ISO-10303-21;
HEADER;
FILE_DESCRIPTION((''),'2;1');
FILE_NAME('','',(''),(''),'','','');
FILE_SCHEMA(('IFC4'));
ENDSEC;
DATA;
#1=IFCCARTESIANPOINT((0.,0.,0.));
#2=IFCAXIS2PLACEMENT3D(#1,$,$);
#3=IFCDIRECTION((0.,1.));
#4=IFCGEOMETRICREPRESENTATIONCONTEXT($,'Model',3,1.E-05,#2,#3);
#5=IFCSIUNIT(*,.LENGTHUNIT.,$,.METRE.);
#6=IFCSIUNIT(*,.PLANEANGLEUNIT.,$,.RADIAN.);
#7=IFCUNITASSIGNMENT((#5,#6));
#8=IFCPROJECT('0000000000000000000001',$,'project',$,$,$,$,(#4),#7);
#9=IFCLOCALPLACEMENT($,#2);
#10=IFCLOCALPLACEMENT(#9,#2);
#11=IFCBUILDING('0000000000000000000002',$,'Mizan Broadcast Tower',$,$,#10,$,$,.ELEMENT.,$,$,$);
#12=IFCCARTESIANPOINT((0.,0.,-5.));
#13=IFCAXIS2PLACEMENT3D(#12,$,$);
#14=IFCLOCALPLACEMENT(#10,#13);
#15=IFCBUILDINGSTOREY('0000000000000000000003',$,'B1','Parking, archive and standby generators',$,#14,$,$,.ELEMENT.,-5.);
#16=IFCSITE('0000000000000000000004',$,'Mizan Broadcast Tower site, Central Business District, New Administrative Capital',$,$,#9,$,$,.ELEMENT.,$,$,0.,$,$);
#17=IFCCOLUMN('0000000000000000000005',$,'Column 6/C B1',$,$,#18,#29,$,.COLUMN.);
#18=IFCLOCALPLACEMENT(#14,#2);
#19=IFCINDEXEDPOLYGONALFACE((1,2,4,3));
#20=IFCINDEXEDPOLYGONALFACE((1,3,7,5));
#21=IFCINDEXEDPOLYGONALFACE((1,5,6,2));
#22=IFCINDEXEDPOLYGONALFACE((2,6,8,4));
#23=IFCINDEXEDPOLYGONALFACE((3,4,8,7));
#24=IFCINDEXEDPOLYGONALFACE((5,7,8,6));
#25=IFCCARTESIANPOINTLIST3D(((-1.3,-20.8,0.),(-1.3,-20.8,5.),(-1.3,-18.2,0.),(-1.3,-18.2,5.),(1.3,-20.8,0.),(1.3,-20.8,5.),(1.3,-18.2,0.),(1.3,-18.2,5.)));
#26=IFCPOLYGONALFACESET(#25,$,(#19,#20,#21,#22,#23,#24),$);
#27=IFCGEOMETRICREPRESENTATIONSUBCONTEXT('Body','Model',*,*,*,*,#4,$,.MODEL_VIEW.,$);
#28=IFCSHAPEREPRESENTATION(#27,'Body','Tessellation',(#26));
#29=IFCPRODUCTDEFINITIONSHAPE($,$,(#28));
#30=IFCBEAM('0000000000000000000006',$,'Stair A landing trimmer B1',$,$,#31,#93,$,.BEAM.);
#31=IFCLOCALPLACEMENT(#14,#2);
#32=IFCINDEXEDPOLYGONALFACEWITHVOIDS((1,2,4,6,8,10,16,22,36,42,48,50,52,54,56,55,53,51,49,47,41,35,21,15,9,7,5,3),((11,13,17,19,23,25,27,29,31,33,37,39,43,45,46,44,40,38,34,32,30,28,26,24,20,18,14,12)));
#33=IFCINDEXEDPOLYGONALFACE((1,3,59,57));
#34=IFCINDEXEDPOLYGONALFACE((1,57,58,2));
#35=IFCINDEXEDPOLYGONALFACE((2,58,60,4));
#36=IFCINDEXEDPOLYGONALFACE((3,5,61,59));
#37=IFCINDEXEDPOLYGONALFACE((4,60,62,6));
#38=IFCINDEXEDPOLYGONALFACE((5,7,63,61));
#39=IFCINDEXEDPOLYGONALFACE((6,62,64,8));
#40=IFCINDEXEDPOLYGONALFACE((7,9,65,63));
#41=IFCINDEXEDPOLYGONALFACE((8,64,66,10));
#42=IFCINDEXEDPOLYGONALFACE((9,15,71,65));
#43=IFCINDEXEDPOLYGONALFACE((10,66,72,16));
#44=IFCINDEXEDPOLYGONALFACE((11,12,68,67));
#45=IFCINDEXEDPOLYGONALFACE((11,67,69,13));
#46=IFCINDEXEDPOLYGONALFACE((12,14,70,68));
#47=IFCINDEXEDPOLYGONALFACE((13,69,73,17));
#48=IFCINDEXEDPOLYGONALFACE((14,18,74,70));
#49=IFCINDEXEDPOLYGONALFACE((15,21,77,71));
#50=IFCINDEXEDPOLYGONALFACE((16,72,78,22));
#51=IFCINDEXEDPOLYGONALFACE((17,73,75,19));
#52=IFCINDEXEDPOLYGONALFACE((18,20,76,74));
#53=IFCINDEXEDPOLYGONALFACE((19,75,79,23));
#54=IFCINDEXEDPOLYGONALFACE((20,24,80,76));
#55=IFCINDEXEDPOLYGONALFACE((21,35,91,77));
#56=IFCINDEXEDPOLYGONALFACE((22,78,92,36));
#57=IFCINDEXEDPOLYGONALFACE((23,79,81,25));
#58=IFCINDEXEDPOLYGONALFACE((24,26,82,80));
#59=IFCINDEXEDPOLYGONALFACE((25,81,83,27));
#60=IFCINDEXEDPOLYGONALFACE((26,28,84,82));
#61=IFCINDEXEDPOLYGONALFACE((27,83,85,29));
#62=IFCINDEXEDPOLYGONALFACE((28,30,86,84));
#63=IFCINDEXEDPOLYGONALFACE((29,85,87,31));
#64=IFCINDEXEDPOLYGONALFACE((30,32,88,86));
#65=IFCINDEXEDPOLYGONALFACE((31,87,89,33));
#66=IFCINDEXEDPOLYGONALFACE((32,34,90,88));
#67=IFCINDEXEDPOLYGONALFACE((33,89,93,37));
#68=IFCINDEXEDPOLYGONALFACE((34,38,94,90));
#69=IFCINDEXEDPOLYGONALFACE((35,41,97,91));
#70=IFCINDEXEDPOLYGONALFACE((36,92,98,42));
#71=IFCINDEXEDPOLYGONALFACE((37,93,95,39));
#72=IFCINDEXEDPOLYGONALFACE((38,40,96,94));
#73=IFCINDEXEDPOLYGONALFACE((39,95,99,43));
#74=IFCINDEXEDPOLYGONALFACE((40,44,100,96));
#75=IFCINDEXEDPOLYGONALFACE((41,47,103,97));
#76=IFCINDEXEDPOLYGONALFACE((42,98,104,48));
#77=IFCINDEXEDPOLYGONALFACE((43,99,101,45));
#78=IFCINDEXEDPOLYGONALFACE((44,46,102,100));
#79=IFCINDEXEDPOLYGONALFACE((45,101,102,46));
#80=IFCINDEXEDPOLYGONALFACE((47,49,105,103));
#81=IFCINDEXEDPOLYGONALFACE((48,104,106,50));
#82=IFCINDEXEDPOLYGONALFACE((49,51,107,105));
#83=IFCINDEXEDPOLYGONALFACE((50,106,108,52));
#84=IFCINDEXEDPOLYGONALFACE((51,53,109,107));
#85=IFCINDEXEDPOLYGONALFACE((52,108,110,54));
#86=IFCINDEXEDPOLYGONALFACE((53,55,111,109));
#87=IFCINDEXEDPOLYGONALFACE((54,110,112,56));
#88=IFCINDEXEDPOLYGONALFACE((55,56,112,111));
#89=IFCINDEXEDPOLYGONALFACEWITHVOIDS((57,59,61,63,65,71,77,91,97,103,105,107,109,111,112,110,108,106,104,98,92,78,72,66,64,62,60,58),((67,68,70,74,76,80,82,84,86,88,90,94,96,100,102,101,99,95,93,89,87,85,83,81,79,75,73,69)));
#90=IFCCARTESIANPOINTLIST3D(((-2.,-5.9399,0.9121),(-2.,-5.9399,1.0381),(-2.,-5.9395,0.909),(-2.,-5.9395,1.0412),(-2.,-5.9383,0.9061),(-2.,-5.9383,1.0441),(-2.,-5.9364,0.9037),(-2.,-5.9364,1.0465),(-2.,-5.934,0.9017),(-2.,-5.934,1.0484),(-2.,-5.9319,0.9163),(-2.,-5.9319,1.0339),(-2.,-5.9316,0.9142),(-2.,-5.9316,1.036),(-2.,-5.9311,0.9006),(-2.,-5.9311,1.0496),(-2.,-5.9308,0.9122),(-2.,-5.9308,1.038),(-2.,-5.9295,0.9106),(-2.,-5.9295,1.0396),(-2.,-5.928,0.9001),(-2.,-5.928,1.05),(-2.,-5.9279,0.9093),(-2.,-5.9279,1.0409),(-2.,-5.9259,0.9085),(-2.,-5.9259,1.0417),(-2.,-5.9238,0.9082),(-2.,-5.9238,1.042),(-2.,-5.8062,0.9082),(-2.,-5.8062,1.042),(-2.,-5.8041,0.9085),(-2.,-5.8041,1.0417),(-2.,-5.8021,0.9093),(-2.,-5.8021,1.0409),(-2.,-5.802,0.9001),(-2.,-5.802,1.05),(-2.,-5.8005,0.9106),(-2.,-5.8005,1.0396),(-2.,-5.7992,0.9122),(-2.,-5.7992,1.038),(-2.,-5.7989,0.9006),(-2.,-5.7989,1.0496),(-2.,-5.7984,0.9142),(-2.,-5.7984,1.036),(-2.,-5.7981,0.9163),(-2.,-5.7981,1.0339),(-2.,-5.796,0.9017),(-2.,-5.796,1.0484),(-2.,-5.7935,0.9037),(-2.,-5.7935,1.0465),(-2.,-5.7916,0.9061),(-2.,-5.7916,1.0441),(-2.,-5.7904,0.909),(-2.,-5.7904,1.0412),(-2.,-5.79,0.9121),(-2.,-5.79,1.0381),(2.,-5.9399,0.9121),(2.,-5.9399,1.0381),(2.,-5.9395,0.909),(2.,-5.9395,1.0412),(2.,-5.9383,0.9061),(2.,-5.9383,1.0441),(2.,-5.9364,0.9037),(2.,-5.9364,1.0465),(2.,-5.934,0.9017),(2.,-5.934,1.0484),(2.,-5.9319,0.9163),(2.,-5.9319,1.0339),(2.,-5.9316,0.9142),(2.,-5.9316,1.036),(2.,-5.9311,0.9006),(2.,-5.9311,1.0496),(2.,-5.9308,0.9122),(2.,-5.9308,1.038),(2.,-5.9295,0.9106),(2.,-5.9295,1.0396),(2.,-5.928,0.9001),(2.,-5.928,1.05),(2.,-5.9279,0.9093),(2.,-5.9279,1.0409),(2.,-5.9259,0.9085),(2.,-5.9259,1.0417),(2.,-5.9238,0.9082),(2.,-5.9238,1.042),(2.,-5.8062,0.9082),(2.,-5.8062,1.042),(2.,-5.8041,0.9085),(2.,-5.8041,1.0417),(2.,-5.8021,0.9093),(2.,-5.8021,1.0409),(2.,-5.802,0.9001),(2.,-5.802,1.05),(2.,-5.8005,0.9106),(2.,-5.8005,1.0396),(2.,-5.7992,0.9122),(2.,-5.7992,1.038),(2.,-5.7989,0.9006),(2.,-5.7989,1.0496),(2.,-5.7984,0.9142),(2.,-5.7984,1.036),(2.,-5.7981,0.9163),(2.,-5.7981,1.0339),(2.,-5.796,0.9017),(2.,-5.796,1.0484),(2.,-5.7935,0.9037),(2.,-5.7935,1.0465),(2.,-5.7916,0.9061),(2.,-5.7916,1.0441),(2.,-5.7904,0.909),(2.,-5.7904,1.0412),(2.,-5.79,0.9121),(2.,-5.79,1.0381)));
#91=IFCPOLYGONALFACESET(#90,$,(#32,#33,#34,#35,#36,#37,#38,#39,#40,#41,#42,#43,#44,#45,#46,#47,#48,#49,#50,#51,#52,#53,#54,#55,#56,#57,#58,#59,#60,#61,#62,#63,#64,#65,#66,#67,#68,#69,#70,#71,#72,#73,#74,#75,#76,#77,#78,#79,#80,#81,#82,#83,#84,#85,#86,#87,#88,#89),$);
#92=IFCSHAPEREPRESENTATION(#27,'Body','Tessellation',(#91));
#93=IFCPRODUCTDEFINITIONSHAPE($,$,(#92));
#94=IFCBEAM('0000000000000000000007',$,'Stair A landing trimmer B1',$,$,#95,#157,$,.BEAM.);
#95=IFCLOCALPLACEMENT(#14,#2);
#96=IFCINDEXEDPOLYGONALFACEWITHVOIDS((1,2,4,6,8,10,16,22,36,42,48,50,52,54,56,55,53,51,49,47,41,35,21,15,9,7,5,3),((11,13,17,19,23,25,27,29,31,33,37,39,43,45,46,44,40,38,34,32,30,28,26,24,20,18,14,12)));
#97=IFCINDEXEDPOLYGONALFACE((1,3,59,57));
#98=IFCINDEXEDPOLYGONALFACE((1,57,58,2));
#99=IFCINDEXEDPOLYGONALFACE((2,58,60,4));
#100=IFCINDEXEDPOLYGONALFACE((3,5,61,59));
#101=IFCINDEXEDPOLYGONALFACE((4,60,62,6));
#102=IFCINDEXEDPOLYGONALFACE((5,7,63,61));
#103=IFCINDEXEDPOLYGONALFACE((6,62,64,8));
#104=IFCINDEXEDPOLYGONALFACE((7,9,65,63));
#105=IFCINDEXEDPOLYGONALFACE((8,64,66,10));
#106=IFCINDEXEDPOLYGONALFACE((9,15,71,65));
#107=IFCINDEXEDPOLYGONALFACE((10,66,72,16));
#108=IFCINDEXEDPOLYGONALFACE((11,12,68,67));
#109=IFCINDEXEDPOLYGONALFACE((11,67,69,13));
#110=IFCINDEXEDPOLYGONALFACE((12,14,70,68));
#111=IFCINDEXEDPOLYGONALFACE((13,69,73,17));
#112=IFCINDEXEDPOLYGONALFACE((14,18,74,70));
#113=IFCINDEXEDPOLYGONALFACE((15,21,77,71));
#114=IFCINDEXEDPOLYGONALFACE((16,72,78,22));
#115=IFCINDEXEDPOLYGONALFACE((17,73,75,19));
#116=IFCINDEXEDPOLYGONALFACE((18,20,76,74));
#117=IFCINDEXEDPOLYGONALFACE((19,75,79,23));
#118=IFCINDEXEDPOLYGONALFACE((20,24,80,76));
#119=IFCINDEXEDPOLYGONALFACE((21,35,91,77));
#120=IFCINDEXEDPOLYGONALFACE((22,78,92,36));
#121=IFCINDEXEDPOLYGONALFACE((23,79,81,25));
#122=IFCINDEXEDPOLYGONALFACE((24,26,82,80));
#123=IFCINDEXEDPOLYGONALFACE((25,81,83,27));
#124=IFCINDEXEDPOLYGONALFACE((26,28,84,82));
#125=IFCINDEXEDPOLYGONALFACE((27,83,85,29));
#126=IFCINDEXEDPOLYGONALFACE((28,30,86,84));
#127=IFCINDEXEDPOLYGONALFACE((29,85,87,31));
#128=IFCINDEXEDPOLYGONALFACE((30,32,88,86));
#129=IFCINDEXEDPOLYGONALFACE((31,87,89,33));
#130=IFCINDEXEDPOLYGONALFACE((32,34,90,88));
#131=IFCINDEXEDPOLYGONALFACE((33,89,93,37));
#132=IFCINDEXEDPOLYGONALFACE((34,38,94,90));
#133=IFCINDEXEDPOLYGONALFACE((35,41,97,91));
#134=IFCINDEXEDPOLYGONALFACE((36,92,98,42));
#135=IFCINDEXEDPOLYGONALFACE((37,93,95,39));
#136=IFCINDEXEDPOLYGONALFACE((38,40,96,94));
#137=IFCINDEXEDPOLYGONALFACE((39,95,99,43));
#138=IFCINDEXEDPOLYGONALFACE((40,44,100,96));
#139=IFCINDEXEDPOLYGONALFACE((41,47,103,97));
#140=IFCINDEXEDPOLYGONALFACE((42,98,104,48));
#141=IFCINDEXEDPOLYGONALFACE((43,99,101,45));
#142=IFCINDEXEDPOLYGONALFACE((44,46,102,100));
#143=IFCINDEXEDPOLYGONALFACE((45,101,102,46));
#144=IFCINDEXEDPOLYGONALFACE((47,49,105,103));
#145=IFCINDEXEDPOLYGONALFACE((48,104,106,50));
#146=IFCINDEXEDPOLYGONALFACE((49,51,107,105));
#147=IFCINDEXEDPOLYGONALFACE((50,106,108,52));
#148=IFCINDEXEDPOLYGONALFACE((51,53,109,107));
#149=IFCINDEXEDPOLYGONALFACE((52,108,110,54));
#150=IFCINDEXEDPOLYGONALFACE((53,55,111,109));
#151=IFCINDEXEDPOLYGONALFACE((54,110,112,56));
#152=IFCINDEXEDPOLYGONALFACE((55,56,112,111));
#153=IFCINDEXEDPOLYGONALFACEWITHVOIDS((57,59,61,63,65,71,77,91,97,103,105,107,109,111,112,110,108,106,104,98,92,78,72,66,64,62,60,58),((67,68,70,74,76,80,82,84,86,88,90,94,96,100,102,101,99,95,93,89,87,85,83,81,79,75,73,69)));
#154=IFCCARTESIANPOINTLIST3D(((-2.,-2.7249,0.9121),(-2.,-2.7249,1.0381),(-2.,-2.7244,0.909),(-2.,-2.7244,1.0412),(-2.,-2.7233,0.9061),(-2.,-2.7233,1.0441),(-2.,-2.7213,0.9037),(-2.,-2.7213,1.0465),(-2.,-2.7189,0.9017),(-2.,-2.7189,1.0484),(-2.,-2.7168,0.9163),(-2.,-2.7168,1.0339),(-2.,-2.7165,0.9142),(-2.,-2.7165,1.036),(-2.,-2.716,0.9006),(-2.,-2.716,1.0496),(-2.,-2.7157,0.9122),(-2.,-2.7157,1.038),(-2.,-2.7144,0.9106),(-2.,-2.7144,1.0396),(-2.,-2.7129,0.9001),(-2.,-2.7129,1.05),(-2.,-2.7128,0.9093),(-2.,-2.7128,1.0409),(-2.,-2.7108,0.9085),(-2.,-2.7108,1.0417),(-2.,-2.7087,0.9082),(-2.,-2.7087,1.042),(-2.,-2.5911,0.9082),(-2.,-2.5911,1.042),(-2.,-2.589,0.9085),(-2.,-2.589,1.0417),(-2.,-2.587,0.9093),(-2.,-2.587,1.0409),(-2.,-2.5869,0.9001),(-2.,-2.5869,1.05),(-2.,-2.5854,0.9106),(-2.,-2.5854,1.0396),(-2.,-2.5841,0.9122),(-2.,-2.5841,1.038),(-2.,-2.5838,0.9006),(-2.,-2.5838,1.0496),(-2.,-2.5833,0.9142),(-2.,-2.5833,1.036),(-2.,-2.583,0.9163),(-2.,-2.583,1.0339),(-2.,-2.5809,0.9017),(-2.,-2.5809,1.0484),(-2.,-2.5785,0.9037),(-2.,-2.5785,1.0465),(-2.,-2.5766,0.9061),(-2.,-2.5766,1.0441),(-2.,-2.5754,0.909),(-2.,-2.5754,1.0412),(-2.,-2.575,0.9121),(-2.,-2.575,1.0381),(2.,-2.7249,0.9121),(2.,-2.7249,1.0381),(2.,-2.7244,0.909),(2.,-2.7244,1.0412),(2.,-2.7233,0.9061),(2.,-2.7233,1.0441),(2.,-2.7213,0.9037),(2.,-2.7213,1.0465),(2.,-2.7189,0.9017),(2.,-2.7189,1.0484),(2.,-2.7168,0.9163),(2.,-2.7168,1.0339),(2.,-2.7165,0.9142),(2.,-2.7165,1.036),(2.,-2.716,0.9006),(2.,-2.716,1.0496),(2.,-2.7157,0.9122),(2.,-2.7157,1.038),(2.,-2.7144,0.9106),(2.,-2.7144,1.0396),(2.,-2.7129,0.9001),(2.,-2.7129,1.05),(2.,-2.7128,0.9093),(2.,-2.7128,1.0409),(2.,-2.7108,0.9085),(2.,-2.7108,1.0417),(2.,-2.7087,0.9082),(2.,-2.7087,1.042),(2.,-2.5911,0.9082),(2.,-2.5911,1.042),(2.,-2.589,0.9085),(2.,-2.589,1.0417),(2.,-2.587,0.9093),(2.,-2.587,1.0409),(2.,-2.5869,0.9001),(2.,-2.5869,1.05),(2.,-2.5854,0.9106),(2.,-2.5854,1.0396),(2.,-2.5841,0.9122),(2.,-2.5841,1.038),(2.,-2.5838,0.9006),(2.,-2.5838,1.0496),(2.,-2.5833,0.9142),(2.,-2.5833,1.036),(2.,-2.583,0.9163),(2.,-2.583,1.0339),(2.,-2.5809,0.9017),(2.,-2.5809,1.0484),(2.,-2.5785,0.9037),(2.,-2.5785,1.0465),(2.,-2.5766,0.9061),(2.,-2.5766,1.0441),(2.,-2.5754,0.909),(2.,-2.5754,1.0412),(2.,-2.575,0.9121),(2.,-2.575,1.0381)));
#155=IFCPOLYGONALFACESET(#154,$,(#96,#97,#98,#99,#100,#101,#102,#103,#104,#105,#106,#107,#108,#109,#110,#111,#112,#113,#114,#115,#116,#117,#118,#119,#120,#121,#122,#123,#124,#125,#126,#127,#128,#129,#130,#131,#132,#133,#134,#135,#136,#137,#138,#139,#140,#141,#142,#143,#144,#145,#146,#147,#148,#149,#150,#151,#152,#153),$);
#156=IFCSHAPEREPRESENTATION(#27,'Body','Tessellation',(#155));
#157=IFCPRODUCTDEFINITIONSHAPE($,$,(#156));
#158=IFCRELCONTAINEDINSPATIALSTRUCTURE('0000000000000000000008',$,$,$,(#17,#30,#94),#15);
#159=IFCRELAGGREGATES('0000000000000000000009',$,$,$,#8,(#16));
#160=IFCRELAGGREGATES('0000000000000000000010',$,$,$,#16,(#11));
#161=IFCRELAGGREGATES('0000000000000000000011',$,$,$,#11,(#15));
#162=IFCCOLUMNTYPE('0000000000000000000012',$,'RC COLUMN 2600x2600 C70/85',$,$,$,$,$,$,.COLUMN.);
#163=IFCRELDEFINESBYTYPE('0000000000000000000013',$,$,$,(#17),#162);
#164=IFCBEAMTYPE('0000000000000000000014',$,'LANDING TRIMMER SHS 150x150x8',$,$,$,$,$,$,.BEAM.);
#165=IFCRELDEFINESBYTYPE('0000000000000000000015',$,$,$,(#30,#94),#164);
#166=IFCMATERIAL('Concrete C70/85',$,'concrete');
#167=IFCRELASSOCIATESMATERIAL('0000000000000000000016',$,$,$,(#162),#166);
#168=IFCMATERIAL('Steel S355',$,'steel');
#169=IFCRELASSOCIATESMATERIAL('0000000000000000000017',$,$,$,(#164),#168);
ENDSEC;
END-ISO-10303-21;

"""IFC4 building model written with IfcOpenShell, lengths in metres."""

from ifc_helpers import new_model, si_unit, direction, frame, origin, origin_2d, place, context, subcontext, project, spatial, rectangle, hollow_rectangle, extrude, material, material_profile, profile_set, type_object, element, save


model = new_model("IFC4")

# Units and contexts
model_context = context("Model", 3, precision=1e-05, world=origin(), true_north=direction((0.0, 1.0)))
body_context = subcontext(model_context, "Body", "Model", "MODEL_VIEW")
ifc_project = project(units=[si_unit("LENGTHUNIT", "METRE"), si_unit("PLANEANGLEUNIT", "RADIAN")], contexts=[model_context])

# Site, building, storey
site_placement = place(None, origin())
site = spatial("IfcSite", under=ifc_project, at=site_placement, Name="Mizan Broadcast Tower site, Central Business District, New Administrative Capital", CompositionType="ELEMENT", RefElevation=0.0)
building_placement = place(site_placement, origin())
building = spatial("IfcBuilding", under=site, at=building_placement, Name="Mizan Broadcast Tower", CompositionType="ELEMENT")
storey_placement = place(building_placement, frame((0.0, 0.0, -5.0)))
storey = spatial("IfcBuildingStorey", under=building, at=storey_placement, Name="B1", Description="Parking, archive and standby generators", CompositionType="ELEMENT", Elevation=-5.0)

# Column
ifc_material_1 = material(Name="Concrete C70/85", Category="concrete")
ifc_material_profile_1 = material_profile(ifc_material_1, rectangle(XDim=2.6001, YDim=2.6001, at=origin_2d()), Name="RC 2600x2600")
ifc_profile_set_1 = profile_set([ifc_material_profile_1], Name="Concrete C70/85")
column_type = type_object("IfcColumnType", Name="RC COLUMN 2600x2600 C70/85", PredefinedType="COLUMN", material=ifc_profile_set_1)
column_placement = place(storey_placement, frame((0.0, -19.5, 0.0), z_axis=(0.0, 0.0, 1.0), x_axis=(1.0, 0.0, 0.0)))
element("IfcColumn", 1, at=column_placement, inside=storey, type_object=column_type, Name="Column 6/C B1", PredefinedType="COLUMN", context=body_context, shape_type="SweptSolid", body=[
    extrude(rectangle(XDim=2.6001, YDim=2.6001, at=origin_2d()), origin(), (0.0, 0.0, 1.0), 5.0),
])

# Beams
ifc_material_2 = material(Name="Steel S355", Category="steel")
ifc_material_profile_2 = material_profile(ifc_material_2, hollow_rectangle(XDim=0.1499, YDim=0.1499, WallThickness=0.0081, InnerFilletRadius=0.0081, OuterFilletRadius=0.012, at=origin_2d()), Name="SHS 150x150x8")
ifc_profile_set_2 = profile_set([ifc_material_profile_2], Name="Steel S355")
beam_type = type_object("IfcBeamType", Name="LANDING TRIMMER SHS 150x150x8", PredefinedType="BEAM", material=ifc_profile_set_2)
for number, where, z_axis, x_axis, name in (
    (2, (-2.0, -5.865, 0.9751), (1.0, 0.0, 0.0), (0.0, 1.0, 0.0), "Stair A landing trimmer B1"),
    (3, (-2.0, -2.6499, 0.9751), (1.0, 0.0, 0.0), (0.0, 1.0, 0.0), "Stair A landing trimmer B1"),
):
    element("IfcBeam", number, at=place(storey_placement, frame(where, z_axis=z_axis, x_axis=x_axis)), inside=storey, type_object=beam_type, Name=name, PredefinedType="BEAM", context=body_context, shape_type="SweptSolid", body=[
        extrude(hollow_rectangle(XDim=0.1499, YDim=0.1499, WallThickness=0.0081, InnerFilletRadius=0.0081, OuterFilletRadius=0.012, at=origin_2d()), origin(), (0.0, 0.0, 1.0), 4.0),
    ])

save(model, "model.ifc")
